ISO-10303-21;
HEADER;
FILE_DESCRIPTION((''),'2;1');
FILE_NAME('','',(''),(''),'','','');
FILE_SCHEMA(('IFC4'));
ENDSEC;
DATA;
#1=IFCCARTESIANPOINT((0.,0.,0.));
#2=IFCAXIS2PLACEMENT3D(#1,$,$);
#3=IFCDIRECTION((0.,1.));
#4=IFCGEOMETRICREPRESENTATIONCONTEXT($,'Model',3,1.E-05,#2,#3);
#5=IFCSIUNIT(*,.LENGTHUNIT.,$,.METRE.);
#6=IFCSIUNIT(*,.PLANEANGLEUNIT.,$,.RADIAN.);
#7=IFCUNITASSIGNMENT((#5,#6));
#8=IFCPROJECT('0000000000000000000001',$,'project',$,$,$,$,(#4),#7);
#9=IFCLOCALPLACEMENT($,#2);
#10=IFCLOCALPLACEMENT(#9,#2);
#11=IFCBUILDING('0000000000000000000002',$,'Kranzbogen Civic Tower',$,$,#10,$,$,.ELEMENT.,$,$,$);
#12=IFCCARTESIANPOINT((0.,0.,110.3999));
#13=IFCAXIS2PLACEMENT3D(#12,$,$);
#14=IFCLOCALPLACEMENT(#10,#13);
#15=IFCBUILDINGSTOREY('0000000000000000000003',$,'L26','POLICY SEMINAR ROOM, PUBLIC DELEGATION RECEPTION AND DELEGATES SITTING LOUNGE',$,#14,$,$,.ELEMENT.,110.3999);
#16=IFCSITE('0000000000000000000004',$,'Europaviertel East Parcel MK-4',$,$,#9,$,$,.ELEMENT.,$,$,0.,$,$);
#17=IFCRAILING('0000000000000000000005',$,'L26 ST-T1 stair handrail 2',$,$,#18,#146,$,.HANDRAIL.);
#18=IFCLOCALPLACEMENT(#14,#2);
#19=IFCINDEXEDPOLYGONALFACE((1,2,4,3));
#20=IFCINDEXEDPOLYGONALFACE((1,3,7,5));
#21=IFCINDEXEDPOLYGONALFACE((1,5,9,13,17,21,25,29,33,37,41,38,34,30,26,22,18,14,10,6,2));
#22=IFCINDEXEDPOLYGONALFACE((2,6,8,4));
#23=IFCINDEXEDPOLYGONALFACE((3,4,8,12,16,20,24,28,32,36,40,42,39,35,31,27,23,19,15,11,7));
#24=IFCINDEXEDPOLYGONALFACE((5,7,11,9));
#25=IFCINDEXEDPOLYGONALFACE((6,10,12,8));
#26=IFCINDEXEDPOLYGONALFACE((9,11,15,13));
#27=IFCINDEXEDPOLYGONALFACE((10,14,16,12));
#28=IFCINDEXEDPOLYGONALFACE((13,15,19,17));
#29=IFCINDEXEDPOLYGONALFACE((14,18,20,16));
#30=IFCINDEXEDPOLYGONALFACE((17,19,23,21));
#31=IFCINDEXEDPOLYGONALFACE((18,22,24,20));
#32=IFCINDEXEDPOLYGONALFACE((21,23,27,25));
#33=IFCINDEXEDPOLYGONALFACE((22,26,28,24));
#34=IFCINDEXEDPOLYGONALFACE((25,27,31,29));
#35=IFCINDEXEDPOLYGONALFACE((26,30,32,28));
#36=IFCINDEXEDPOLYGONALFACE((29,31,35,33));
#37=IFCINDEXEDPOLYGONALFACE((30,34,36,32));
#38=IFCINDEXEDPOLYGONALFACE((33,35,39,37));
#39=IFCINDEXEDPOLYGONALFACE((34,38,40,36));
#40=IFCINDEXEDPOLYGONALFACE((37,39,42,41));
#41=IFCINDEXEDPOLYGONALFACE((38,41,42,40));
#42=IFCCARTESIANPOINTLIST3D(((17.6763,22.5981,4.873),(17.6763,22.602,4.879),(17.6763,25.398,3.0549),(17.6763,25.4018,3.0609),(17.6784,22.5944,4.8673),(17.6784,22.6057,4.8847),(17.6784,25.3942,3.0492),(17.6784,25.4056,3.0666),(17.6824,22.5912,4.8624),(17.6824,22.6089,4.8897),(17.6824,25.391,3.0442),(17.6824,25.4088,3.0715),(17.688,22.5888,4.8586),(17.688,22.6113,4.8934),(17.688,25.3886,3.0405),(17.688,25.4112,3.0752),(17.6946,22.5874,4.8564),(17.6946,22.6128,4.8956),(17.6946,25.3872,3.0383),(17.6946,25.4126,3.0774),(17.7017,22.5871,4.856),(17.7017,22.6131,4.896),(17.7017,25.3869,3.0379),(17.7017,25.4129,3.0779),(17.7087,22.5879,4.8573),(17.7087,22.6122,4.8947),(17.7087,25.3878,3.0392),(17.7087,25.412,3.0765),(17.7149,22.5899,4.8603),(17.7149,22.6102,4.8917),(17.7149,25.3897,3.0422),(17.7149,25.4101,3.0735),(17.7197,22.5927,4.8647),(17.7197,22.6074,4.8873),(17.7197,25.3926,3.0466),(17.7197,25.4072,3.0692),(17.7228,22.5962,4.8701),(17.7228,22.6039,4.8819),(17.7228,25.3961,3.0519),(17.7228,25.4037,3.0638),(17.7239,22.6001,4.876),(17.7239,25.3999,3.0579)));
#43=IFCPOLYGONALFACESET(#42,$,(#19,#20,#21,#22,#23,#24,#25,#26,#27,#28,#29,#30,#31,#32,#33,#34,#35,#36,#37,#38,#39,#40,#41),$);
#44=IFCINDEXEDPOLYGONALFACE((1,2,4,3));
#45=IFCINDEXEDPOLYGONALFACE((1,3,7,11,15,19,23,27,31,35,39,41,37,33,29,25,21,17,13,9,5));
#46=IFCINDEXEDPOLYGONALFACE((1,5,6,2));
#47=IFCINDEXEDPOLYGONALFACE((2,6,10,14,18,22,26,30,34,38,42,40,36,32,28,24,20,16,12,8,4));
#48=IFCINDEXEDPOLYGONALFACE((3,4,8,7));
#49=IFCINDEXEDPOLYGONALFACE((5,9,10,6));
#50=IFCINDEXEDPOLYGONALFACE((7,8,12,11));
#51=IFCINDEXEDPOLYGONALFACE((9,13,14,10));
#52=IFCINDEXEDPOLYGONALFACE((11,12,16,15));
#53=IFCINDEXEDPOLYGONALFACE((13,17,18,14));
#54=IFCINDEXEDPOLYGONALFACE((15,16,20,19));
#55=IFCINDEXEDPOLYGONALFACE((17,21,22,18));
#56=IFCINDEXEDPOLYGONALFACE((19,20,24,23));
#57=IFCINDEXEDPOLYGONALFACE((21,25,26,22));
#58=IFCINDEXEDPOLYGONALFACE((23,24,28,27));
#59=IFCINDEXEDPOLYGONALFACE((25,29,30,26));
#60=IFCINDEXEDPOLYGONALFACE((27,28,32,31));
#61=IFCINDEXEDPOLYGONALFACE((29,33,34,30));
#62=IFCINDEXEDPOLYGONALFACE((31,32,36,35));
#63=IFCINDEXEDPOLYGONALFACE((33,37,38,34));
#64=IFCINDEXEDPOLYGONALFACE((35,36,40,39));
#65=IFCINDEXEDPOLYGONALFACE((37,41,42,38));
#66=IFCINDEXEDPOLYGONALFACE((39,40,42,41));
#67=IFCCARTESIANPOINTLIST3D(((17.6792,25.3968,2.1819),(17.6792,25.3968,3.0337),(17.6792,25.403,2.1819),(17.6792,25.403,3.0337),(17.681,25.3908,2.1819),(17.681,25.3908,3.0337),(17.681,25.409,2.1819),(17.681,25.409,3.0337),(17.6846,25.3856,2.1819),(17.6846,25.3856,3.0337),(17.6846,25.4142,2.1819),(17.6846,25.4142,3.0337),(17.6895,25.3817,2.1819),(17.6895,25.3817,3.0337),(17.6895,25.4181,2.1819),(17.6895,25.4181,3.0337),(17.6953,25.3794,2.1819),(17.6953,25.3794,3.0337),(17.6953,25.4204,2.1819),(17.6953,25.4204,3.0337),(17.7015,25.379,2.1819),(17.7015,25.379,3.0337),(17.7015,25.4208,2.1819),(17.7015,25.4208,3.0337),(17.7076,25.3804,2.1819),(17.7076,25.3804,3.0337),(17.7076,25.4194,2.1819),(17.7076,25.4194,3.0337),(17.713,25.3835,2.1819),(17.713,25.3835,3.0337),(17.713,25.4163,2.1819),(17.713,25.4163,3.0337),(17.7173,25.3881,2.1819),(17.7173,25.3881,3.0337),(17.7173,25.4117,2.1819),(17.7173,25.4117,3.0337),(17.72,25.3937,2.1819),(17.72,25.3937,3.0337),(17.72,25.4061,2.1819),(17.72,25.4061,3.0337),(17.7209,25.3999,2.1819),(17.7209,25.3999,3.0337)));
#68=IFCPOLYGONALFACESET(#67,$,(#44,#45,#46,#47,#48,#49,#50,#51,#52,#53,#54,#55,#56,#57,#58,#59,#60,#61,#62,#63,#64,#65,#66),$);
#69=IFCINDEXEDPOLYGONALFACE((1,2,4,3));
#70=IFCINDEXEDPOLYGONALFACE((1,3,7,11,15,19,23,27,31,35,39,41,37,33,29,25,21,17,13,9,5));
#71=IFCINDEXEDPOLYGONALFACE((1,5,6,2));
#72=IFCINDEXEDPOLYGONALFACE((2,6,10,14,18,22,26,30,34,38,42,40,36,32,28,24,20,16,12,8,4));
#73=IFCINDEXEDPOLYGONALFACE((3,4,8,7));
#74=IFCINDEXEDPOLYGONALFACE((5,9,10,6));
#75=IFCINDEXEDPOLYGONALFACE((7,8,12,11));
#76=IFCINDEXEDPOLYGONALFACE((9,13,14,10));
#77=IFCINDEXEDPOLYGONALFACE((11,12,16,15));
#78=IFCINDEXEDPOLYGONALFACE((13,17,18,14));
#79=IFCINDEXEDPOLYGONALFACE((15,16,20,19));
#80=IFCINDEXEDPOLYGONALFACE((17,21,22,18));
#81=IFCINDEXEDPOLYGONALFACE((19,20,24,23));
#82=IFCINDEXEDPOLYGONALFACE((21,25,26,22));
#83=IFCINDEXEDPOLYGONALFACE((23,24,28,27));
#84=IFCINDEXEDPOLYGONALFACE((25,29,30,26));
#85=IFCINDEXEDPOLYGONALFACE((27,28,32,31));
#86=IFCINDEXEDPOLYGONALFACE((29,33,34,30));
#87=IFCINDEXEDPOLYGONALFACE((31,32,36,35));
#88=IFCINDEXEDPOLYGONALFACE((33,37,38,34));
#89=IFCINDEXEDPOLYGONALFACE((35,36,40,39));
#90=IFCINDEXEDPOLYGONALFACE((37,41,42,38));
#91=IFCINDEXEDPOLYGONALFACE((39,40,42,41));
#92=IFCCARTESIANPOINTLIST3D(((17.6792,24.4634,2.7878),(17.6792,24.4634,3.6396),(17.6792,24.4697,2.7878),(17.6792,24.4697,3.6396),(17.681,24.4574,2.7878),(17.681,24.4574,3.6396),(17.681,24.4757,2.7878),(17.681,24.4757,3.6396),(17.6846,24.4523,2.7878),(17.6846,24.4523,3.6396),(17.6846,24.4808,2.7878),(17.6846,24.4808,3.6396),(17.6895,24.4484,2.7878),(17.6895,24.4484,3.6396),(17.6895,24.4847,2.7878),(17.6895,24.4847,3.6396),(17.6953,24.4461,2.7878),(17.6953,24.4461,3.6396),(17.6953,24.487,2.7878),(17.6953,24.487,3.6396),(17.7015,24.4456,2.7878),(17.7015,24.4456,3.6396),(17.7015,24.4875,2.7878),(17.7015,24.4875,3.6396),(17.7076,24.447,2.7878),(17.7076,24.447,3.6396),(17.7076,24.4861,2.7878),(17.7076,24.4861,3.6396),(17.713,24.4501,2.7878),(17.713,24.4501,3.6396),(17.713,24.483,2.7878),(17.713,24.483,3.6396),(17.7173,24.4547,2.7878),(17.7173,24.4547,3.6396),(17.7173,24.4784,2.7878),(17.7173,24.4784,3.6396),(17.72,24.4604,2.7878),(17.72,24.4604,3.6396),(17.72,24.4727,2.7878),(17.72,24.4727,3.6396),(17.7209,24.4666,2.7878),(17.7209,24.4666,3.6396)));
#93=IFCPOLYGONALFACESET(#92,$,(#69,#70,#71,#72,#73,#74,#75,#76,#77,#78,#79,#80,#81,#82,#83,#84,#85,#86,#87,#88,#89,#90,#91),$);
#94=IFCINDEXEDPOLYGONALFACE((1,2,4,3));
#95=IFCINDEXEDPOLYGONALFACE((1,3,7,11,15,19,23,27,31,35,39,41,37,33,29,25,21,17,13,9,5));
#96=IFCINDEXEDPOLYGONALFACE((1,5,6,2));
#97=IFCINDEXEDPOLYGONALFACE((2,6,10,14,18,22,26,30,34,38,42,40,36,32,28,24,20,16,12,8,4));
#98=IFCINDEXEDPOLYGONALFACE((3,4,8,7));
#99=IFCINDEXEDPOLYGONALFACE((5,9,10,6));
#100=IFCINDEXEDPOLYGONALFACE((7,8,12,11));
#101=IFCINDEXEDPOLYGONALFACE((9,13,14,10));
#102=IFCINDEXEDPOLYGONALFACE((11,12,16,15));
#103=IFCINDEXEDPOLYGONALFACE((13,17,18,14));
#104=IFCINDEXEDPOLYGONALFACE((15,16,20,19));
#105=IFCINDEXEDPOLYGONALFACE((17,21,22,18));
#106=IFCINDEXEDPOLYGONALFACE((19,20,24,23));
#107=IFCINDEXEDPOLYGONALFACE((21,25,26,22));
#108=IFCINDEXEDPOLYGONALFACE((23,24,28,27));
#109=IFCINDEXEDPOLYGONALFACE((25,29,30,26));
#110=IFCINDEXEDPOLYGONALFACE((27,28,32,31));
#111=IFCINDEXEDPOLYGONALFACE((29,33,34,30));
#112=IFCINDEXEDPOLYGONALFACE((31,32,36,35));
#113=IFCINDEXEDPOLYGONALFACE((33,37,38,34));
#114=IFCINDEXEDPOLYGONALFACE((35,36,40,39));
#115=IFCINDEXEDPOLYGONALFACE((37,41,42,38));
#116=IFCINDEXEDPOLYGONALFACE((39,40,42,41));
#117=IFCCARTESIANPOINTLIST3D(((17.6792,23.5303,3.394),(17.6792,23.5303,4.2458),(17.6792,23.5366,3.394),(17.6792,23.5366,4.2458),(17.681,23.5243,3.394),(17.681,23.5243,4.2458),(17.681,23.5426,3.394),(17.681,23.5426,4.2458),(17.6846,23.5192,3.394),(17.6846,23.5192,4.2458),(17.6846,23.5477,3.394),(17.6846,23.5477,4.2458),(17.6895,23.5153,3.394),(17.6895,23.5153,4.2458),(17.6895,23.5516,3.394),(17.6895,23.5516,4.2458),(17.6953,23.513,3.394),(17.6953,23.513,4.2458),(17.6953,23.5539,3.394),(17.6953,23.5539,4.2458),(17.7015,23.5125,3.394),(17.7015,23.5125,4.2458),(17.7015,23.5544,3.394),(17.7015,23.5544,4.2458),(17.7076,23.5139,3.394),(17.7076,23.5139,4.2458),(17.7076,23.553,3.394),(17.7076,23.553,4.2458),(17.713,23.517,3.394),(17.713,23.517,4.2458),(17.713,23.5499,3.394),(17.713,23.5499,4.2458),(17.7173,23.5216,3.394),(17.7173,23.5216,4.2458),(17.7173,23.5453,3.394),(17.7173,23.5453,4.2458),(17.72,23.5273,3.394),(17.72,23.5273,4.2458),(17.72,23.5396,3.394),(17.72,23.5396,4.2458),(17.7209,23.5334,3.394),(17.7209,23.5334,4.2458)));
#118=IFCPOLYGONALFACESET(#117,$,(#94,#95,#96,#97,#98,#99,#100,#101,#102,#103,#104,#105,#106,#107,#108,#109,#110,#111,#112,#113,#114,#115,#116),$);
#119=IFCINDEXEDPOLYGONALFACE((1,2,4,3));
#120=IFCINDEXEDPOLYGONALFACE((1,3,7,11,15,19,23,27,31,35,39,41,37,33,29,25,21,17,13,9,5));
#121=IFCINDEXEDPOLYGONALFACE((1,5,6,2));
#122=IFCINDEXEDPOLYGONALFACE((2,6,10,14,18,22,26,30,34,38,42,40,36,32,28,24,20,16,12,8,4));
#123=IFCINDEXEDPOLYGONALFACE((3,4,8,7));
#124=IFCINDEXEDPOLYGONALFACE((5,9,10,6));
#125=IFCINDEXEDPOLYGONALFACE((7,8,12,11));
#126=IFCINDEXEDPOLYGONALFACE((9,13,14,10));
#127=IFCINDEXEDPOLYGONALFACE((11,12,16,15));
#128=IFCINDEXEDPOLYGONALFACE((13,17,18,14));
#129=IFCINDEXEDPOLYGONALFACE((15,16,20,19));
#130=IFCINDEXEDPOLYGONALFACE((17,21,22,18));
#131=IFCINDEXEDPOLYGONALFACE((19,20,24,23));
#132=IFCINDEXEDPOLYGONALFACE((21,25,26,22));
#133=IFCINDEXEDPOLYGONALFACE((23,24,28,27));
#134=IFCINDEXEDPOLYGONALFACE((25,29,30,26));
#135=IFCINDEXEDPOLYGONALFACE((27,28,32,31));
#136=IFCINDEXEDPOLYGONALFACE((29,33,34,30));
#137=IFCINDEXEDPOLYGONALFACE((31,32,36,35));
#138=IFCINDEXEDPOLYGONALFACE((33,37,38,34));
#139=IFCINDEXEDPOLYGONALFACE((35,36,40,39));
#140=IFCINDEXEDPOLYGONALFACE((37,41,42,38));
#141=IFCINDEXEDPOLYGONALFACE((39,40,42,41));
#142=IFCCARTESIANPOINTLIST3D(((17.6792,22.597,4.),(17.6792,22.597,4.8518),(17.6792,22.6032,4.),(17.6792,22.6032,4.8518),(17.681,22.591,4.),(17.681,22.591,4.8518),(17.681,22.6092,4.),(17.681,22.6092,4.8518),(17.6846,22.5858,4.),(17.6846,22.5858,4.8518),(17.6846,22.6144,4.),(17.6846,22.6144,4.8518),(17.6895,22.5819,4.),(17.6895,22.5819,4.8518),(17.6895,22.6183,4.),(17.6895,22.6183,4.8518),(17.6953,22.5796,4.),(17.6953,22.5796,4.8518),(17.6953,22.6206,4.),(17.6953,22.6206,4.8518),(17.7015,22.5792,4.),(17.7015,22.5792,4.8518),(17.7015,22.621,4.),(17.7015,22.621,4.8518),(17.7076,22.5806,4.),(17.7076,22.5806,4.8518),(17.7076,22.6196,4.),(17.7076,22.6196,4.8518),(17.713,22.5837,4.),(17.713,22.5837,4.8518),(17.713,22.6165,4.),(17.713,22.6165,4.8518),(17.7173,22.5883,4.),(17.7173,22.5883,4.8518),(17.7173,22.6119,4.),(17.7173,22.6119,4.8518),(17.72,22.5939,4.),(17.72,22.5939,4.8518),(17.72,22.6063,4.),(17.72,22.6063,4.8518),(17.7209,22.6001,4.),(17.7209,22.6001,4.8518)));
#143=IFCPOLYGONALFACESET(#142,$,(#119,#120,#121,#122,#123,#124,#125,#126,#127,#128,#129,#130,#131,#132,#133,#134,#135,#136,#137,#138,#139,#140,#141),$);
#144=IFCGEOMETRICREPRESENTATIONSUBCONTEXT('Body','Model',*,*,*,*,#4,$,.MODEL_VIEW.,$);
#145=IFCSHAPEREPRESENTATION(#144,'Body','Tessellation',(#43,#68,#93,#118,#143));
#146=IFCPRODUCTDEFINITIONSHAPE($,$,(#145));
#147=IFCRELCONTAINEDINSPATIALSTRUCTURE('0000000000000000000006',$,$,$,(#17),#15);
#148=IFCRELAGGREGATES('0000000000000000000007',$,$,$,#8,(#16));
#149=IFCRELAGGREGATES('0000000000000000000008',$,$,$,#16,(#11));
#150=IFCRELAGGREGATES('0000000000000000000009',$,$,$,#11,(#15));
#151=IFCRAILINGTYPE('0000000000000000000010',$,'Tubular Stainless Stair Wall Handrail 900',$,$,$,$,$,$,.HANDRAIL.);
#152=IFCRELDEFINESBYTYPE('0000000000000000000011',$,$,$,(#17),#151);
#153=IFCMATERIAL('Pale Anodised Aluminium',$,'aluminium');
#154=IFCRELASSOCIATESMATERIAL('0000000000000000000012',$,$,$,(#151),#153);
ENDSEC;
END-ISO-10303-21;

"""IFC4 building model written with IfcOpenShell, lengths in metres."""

from ifc_helpers import new_model, si_unit, direction, frame, origin, origin_2d, place, context, subcontext, project, spatial, circle, extrude, material, type_object, element, save


model = new_model("IFC4")

# Units and contexts
model_context = context("Model", 3, precision=1e-05, world=origin(), true_north=direction((0.0, 1.0)))
body_context = subcontext(model_context, "Body", "Model", "MODEL_VIEW")
ifc_project = project(units=[si_unit("LENGTHUNIT", "METRE"), si_unit("PLANEANGLEUNIT", "RADIAN")], contexts=[model_context])

# Site, building, storey
site_placement = place(None, origin())
site = spatial("IfcSite", under=ifc_project, at=site_placement, Name="Europaviertel East Parcel MK-4", CompositionType="ELEMENT", RefElevation=0.0)
building_placement = place(site_placement, origin())
building = spatial("IfcBuilding", under=site, at=building_placement, Name="Kranzbogen Civic Tower", CompositionType="ELEMENT")
storey_placement = place(building_placement, frame((0.0, 0.0, 110.3999)))
storey = spatial("IfcBuildingStorey", under=building, at=storey_placement, Name="L26", Description="POLICY SEMINAR ROOM, PUBLIC DELEGATION RECEPTION AND DELEGATES SITTING LOUNGE", CompositionType="ELEMENT", Elevation=110.3999)

# Railing
ifc_material_1 = material(Name="Pale Anodised Aluminium", Category="aluminium")
railing_type_1 = type_object("IfcRailingType", Name="Tubular Stainless Stair Wall Handrail 900", PredefinedType="HANDRAIL", material=ifc_material_1)
railing_1_placement = place(storey_placement, frame((17.7, 25.3999, 2.1819)))
element("IfcRailing", 1, at=railing_1_placement, inside=storey, type_object=railing_type_1, Name="L26 ST-T1 stair handrail 2", PredefinedType="HANDRAIL", context=body_context, shape_type="SweptSolid", body=[
    extrude(circle(Radius=0.0239, at=origin_2d()), frame((0.0, 0.0, 0.876), z_axis=(0.0, -0.838684, 0.544618), x_axis=(1.0, 0.0, 0.0)), (0.0, 0.0, 1.0), 3.3384),
    extrude(circle(Radius=0.021, at=origin_2d()), origin(), (0.0, 0.0, 1.0), 0.8518),
    extrude(circle(Radius=0.021, at=origin_2d()), frame((0.0, -0.9333, 0.606)), (0.0, 0.0, 1.0), 0.8518),
    extrude(circle(Radius=0.021, at=origin_2d()), frame((0.0, -1.8665, 1.2122)), (0.0, 0.0, 1.0), 0.8518),
    extrude(circle(Radius=0.021, at=origin_2d()), frame((0.0, -2.7998, 1.8181)), (0.0, 0.0, 1.0), 0.8518),
])

save(model, "model.ifc")
